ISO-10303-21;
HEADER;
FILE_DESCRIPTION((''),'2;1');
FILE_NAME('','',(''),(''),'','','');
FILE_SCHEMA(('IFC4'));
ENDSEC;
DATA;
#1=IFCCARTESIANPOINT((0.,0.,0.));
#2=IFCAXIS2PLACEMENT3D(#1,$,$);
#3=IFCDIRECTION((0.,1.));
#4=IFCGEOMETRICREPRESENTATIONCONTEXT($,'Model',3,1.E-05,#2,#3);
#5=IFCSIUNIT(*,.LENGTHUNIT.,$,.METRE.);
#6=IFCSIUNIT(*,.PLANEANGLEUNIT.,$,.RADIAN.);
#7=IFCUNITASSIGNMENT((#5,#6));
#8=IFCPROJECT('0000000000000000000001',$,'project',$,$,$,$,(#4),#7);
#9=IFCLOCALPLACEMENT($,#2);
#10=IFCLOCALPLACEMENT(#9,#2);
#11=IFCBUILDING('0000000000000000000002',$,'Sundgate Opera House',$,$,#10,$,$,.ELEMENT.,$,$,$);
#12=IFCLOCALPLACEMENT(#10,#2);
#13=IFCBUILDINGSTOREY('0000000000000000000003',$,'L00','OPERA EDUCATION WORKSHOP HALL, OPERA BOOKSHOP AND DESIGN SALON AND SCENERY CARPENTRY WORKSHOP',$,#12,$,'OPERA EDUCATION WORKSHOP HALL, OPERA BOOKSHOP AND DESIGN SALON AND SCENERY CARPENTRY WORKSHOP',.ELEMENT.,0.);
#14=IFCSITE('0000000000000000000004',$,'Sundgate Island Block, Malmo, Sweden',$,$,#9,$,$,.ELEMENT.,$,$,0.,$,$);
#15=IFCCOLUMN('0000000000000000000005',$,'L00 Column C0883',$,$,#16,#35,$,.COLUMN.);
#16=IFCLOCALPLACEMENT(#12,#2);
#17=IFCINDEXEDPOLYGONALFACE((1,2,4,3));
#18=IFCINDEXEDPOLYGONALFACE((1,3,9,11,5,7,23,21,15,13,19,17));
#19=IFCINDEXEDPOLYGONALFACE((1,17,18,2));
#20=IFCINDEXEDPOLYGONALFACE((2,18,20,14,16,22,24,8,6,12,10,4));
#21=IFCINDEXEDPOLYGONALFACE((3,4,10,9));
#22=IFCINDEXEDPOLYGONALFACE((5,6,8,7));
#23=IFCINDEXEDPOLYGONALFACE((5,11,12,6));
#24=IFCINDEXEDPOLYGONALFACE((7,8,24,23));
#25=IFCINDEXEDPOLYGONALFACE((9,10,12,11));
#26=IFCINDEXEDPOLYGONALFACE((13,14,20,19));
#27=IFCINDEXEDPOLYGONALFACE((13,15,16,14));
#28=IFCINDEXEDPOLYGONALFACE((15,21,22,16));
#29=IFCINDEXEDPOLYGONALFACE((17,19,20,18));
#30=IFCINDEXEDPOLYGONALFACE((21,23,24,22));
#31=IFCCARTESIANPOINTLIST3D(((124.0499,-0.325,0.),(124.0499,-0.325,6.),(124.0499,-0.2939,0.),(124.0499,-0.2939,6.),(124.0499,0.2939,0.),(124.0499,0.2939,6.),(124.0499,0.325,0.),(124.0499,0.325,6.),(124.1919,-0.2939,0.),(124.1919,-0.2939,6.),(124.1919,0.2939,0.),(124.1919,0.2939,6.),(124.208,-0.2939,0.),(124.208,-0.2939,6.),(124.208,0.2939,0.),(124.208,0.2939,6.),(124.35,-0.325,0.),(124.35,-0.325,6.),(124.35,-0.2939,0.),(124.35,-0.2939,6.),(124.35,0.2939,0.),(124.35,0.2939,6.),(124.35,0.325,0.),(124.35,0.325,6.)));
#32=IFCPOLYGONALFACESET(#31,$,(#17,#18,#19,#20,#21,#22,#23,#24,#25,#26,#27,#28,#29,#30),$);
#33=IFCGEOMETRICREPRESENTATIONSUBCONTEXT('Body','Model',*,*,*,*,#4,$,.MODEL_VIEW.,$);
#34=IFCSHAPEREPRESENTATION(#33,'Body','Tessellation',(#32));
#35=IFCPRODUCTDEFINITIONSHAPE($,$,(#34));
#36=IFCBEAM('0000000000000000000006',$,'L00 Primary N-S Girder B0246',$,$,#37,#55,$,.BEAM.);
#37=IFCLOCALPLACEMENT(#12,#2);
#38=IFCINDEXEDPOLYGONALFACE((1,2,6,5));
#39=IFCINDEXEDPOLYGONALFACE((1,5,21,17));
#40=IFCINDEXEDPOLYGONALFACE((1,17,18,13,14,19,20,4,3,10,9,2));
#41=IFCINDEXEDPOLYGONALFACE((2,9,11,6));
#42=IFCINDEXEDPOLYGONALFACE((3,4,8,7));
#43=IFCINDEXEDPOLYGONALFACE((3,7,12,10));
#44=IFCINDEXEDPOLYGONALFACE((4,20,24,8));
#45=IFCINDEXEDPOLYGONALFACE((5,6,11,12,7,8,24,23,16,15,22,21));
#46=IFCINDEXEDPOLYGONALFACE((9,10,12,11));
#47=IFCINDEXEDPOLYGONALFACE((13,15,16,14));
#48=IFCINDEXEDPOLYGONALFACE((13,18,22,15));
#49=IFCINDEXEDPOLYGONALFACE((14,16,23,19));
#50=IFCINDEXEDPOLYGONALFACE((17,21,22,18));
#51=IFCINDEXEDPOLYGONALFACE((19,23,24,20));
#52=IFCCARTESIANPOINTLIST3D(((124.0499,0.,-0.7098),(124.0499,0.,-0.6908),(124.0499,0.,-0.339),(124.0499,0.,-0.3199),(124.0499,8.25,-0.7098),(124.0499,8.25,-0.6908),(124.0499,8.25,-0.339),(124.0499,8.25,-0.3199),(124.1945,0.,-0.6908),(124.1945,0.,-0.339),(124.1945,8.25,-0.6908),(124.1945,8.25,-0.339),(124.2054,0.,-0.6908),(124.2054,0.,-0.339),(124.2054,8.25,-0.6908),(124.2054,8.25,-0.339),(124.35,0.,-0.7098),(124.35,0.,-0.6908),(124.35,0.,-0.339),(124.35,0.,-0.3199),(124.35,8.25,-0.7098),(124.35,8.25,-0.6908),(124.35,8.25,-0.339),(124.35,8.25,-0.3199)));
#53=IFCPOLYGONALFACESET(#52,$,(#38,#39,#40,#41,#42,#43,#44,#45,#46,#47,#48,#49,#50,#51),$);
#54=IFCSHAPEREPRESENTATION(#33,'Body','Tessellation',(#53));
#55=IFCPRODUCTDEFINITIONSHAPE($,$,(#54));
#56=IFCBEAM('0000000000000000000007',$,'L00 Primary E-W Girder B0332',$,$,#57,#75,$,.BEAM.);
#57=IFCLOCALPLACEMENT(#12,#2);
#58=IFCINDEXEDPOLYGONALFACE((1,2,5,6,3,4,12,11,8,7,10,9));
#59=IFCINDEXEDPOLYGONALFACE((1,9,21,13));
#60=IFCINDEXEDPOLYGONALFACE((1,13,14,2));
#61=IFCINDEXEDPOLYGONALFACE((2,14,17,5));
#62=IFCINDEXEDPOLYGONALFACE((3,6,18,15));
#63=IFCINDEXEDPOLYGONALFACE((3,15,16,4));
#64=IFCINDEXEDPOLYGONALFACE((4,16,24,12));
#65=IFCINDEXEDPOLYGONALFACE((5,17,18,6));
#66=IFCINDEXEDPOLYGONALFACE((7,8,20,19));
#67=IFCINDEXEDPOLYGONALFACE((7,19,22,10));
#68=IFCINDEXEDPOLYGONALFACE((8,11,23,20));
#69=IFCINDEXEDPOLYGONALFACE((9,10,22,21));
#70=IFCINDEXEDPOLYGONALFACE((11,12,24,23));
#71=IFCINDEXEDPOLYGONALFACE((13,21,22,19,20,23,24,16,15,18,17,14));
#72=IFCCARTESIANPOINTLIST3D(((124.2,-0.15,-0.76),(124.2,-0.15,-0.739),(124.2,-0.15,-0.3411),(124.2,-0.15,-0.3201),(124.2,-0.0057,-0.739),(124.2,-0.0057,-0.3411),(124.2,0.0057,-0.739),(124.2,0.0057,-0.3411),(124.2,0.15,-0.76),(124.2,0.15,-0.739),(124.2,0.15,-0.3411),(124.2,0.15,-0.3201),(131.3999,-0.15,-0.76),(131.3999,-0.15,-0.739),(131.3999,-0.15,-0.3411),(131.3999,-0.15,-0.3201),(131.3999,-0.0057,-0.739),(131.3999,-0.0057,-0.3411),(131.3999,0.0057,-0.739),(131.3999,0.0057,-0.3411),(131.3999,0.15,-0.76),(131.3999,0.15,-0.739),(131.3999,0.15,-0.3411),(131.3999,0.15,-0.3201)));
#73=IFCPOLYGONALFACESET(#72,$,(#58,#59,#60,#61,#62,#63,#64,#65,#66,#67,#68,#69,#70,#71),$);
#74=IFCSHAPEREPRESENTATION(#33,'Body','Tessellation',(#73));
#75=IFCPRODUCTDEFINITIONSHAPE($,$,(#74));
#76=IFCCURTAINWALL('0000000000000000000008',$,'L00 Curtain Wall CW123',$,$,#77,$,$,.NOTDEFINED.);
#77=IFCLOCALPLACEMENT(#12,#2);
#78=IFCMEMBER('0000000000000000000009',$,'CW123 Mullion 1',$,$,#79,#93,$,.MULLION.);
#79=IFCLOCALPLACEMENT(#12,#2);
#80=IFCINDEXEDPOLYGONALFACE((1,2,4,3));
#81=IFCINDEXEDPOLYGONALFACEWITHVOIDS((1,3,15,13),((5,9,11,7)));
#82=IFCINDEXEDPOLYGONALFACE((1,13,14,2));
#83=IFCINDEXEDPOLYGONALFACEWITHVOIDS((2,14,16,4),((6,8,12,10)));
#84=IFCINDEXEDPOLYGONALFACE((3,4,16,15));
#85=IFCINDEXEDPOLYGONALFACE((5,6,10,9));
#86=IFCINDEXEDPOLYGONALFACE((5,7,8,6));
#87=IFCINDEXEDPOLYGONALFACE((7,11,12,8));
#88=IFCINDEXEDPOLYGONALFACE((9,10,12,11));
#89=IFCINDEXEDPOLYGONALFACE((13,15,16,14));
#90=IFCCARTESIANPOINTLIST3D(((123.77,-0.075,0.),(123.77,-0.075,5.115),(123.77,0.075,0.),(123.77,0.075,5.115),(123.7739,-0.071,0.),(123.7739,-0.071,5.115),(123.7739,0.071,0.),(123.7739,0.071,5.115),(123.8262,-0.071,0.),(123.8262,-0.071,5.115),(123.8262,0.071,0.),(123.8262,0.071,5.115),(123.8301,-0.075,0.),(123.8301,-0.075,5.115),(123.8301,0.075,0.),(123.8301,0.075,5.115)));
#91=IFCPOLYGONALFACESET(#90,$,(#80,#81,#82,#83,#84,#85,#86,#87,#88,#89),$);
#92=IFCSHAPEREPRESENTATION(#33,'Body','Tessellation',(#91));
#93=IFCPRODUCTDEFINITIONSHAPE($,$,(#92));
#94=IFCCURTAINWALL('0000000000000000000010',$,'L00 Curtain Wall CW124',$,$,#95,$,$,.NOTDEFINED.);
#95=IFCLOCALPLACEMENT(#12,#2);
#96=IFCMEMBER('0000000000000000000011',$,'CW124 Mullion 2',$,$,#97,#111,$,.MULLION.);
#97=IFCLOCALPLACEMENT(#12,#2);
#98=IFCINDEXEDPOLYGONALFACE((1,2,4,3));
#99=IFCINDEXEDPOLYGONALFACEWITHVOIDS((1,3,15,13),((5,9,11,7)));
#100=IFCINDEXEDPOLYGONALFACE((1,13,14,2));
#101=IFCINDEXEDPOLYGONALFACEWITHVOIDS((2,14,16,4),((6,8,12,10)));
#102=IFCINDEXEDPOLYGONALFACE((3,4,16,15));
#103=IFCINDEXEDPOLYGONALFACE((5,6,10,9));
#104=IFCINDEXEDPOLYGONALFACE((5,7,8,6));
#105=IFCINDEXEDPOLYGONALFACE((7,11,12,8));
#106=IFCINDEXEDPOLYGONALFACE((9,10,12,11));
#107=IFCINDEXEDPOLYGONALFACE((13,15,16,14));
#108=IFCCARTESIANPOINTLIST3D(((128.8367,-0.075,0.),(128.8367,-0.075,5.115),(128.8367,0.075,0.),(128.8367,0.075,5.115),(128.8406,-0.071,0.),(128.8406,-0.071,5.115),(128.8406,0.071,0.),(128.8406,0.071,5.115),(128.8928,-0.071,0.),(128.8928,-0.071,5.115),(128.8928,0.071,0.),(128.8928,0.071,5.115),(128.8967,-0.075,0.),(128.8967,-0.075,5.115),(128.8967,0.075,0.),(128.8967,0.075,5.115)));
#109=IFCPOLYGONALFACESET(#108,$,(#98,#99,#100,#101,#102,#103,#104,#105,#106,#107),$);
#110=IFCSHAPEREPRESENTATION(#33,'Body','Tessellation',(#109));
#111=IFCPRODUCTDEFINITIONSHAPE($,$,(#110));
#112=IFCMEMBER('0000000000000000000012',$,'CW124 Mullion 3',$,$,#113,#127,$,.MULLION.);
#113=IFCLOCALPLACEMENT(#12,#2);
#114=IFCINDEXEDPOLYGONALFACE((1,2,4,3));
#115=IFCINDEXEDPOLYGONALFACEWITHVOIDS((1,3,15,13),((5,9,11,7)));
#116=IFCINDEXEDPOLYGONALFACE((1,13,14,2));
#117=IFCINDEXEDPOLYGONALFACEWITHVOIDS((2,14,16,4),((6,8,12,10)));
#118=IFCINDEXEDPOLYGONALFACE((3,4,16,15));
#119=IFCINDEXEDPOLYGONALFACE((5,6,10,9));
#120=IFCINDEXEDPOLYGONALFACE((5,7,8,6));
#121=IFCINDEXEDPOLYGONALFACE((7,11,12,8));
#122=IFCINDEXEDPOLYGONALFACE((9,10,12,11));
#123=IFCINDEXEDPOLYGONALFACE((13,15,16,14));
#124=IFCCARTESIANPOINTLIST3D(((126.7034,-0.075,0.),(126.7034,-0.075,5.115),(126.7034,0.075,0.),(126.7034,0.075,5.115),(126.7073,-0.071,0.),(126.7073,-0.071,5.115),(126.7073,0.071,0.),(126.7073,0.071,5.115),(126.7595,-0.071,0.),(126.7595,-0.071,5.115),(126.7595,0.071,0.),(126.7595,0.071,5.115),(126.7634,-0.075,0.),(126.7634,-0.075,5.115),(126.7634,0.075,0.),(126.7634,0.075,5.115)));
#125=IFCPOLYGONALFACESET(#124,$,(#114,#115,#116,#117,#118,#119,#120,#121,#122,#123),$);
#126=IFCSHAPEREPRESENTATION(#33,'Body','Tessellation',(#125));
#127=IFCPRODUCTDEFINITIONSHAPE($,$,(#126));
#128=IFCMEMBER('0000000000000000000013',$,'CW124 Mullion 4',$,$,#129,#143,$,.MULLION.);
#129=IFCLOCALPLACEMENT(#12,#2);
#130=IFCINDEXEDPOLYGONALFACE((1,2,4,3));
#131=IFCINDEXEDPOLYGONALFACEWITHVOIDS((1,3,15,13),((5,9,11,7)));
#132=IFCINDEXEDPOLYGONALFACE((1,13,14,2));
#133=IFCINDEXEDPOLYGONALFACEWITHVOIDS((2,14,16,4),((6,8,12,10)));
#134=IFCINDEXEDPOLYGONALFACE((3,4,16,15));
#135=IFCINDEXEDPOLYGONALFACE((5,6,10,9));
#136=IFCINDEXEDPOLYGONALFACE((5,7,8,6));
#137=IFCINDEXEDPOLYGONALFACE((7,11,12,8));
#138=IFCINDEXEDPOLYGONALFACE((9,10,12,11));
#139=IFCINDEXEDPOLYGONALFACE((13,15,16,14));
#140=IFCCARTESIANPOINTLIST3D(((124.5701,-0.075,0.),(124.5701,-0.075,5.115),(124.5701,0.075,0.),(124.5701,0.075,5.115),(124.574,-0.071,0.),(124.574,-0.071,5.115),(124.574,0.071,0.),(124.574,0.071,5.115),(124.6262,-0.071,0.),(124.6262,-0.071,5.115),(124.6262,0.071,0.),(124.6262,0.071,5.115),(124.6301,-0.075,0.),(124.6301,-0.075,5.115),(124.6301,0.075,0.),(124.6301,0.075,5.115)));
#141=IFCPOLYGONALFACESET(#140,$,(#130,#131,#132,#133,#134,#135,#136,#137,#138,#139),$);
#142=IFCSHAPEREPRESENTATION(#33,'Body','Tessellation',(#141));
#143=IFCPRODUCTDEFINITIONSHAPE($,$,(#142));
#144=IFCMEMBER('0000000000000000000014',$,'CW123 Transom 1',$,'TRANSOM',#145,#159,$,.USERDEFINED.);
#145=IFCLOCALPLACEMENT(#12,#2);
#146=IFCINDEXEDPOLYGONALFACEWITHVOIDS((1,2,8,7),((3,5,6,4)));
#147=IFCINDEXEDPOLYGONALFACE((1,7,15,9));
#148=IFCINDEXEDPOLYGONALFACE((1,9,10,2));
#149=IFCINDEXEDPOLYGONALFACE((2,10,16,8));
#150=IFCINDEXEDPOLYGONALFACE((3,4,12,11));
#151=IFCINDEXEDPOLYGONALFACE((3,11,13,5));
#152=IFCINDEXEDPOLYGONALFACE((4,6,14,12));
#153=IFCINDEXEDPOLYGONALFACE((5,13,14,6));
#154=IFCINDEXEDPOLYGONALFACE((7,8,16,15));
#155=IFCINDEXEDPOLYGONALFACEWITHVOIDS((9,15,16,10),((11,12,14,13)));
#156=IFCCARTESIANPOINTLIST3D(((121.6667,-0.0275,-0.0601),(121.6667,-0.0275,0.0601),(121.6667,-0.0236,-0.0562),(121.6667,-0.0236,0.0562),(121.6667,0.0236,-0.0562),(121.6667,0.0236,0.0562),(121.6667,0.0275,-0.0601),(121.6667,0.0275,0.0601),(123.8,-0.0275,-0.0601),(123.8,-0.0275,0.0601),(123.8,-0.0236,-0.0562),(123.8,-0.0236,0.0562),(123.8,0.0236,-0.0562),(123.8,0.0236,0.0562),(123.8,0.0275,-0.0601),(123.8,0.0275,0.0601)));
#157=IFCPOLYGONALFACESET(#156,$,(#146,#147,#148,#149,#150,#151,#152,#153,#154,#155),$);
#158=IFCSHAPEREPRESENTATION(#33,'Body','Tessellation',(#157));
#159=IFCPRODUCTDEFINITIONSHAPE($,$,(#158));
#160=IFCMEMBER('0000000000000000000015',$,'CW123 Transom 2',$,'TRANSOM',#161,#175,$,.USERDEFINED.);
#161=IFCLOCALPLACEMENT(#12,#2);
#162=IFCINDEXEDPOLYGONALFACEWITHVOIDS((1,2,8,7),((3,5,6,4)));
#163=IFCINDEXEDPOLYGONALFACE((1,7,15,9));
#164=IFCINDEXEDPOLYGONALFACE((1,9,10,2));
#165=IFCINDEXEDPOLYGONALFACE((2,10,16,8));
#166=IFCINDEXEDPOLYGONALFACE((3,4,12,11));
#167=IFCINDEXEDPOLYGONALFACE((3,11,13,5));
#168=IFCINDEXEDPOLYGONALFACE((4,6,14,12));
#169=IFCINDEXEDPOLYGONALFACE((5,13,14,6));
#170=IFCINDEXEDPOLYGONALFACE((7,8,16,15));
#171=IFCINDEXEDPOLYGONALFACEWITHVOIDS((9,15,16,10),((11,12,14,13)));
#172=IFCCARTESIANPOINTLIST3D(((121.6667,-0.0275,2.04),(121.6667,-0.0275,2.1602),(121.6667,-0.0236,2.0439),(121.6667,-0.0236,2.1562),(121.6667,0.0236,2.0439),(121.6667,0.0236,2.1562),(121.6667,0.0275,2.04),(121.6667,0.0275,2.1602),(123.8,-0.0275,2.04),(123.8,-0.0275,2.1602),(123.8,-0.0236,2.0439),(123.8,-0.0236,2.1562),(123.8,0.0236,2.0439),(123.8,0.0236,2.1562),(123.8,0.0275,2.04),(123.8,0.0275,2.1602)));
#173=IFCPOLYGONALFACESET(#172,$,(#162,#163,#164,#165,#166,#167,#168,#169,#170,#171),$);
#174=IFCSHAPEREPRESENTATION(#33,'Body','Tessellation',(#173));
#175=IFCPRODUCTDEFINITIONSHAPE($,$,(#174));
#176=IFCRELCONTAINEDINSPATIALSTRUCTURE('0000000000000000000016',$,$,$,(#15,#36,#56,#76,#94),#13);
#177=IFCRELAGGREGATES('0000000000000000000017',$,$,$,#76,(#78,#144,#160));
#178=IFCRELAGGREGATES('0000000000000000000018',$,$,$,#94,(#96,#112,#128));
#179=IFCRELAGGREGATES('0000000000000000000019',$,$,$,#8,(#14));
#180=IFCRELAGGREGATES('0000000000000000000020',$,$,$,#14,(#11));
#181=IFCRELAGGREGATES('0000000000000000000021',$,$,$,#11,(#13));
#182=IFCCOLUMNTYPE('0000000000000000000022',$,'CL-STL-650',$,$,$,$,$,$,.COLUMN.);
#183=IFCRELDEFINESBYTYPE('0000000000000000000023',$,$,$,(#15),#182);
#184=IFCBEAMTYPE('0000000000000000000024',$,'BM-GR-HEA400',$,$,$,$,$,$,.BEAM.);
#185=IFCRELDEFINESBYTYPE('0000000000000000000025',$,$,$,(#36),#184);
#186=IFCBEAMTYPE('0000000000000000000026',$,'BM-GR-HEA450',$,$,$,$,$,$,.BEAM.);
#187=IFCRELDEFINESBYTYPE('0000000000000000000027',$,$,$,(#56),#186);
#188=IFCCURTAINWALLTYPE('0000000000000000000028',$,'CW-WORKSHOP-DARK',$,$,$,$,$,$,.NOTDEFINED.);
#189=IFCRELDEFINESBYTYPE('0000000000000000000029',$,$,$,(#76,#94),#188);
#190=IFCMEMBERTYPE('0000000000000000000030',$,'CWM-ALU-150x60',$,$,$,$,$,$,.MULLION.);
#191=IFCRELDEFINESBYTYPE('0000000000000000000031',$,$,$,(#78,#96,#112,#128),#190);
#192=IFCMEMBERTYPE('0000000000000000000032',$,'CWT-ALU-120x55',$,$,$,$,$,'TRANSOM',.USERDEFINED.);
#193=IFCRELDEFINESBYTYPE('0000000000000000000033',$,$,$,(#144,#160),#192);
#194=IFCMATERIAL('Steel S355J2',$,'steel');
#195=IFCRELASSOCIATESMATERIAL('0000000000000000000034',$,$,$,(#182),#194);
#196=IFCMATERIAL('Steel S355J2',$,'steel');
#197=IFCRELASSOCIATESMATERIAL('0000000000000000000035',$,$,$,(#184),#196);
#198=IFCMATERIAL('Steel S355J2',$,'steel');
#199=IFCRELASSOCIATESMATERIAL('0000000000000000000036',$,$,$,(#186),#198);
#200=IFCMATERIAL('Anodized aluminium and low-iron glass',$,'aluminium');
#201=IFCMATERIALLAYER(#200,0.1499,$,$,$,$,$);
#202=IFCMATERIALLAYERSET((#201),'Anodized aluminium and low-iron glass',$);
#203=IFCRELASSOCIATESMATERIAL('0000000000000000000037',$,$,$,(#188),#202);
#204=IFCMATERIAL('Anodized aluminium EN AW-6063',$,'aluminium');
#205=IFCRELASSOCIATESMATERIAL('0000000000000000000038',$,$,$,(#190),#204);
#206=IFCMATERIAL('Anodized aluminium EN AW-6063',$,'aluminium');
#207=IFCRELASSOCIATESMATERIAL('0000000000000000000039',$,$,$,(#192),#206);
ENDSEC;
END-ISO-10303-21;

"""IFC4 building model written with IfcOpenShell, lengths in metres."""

from ifc_helpers import new_model, si_unit, direction, frame, origin, origin_2d, place, context, subcontext, project, spatial, hollow_rectangle, i_section, extrude, material, layer, layer_set, material_profile, profile_set, type_object, element, aggregate, save


model = new_model("IFC4")

# Units and contexts
model_context = context("Model", 3, precision=1e-05, world=origin(), true_north=direction((0.0, 1.0)))
body_context = subcontext(model_context, "Body", "Model", "MODEL_VIEW")
ifc_project = project(units=[si_unit("LENGTHUNIT", "METRE"), si_unit("PLANEANGLEUNIT", "RADIAN")], contexts=[model_context])

# Site, building, storey
site_placement = place(None, origin())
site = spatial("IfcSite", under=ifc_project, at=site_placement, Name="Sundgate Island Block, Malmo, Sweden", CompositionType="ELEMENT", RefElevation=0.0)
building_placement = place(site_placement, origin())
building = spatial("IfcBuilding", under=site, at=building_placement, Name="Sundgate Opera House", CompositionType="ELEMENT")
storey_placement = place(building_placement, origin())
storey = spatial("IfcBuildingStorey", under=building, at=storey_placement, Name="L00", Description="OPERA EDUCATION WORKSHOP HALL, OPERA BOOKSHOP AND DESIGN SALON AND SCENERY CARPENTRY WORKSHOP", LongName="OPERA EDUCATION WORKSHOP HALL, OPERA BOOKSHOP AND DESIGN SALON AND SCENERY CARPENTRY WORKSHOP", CompositionType="ELEMENT", Elevation=0.0)

# Column
ifc_material_1 = material(Name="Steel S355J2", Category="steel")
ifc_material_profile_1 = material_profile(ifc_material_1, i_section(OverallWidth=0.3, OverallDepth=0.6499, WebThickness=0.0161, FlangeThickness=0.031, at=origin_2d()), Name="HEB 650")
ifc_profile_set_1 = profile_set([ifc_material_profile_1], Name="Steel S355J2")
column_type = type_object("IfcColumnType", Name="CL-STL-650", PredefinedType="COLUMN", material=ifc_profile_set_1)
column_placement = place(storey_placement, frame((124.2, 0.0, 0.0), z_axis=(0.0, 0.0, 1.0), x_axis=(1.0, 0.0, 0.0)))
element("IfcColumn", 1, at=column_placement, inside=storey, type_object=column_type, Name="L00 Column C0883", PredefinedType="COLUMN", context=body_context, shape_type="SweptSolid", body=[
    extrude(i_section(OverallWidth=0.3, OverallDepth=0.6499, WebThickness=0.0161, FlangeThickness=0.031, at=origin_2d()), origin(), (0.0, 0.0, 1.0), 6.0),
])

# Beams
ifc_material_2 = material(Name="Steel S355J2", Category="steel")
ifc_material_profile_2 = material_profile(ifc_material_2, i_section(OverallWidth=0.3, OverallDepth=0.3899, WebThickness=0.011, FlangeThickness=0.019, at=origin_2d()), Name="HEA 400")
ifc_profile_set_2 = profile_set([ifc_material_profile_2], Name="Steel S355J2")
beam_type_1 = type_object("IfcBeamType", Name="BM-GR-HEA400", PredefinedType="BEAM", material=ifc_profile_set_2)
beam_1_placement = place(storey_placement, frame((124.2, 0.0, -0.5149), z_axis=(0.0, 1.0, 0.0), x_axis=(-1.0, 0.0, 0.0)))
element("IfcBeam", 2, at=beam_1_placement, inside=storey, type_object=beam_type_1, Name="L00 Primary N-S Girder B0246", PredefinedType="BEAM", context=body_context, shape_type="SweptSolid", body=[
    extrude(i_section(OverallWidth=0.3, OverallDepth=0.3899, WebThickness=0.011, FlangeThickness=0.019, at=origin_2d()), origin(), (0.0, 0.0, 1.0), 8.25),
])
ifc_material_3 = material(Name="Steel S355J2", Category="steel")
ifc_material_profile_3 = material_profile(ifc_material_3, i_section(OverallWidth=0.3, OverallDepth=0.4399, WebThickness=0.0115, FlangeThickness=0.021, at=origin_2d()), Name="HEA 450")
ifc_profile_set_3 = profile_set([ifc_material_profile_3], Name="Steel S355J2")
beam_type_2 = type_object("IfcBeamType", Name="BM-GR-HEA450", PredefinedType="BEAM", material=ifc_profile_set_3)
beam_2_placement = place(storey_placement, frame((124.2, 0.0, -0.54), z_axis=(1.0, 0.0, 0.0), x_axis=(0.0, 1.0, 0.0)))
element("IfcBeam", 3, at=beam_2_placement, inside=storey, type_object=beam_type_2, Name="L00 Primary E-W Girder B0332", PredefinedType="BEAM", context=body_context, shape_type="SweptSolid", body=[
    extrude(i_section(OverallWidth=0.3, OverallDepth=0.4399, WebThickness=0.0115, FlangeThickness=0.021, at=origin_2d()), origin(), (0.0, 0.0, 1.0), 7.2),
])

# Curtain wall, member
ifc_material_4 = material(Name="Anodized aluminium and low-iron glass", Category="aluminium")
ifc_layer_1 = layer(ifc_material_4, 0.1499)
ifc_layer_set_1 = layer_set([ifc_layer_1], Name="Anodized aluminium and low-iron glass")
curtain_wall_type = type_object("IfcCurtainWallType", Name="CW-WORKSHOP-DARK", PredefinedType="NOTDEFINED", material=ifc_layer_set_1)
curtain_wall_1_placement = place(storey_placement, origin())
curtain_wall_1 = element("IfcCurtainWall", 4, at=curtain_wall_1_placement, inside=storey, type_object=curtain_wall_type, Name="L00 Curtain Wall CW123", PredefinedType="NOTDEFINED")
ifc_material_5 = material(Name="Anodized aluminium EN AW-6063", Category="aluminium")
ifc_material_profile_4 = material_profile(ifc_material_5, hollow_rectangle(XDim=0.0601, YDim=0.1499, WallThickness=0.0039, at=origin_2d()), Name="CWM 150x60x4")
ifc_profile_set_4 = profile_set([ifc_material_profile_4], Name="Anodized aluminium EN AW-6063")
member_type_1 = type_object("IfcMemberType", Name="CWM-ALU-150x60", PredefinedType="MULLION", material=ifc_profile_set_4)
member_1_placement = place(storey_placement, frame((123.8, 0.0, 0.0), z_axis=(0.0, 0.0, 1.0), x_axis=(1.0, 0.0, 0.0)))
member_1 = element("IfcMember", 5, at=member_1_placement, type_object=member_type_1, Name="CW123 Mullion 1", PredefinedType="MULLION", context=body_context, shape_type="SweptSolid", body=[
    extrude(hollow_rectangle(XDim=0.0601, YDim=0.1499, WallThickness=0.0039, at=origin_2d()), origin(), (0.0, 0.0, 1.0), 5.115),
])

# Curtain wall, members
curtain_wall_2_placement = place(storey_placement, origin())
curtain_wall_2 = element("IfcCurtainWall", 6, at=curtain_wall_2_placement, inside=storey, type_object=curtain_wall_type, Name="L00 Curtain Wall CW124", PredefinedType="NOTDEFINED")
member_2_placement = place(storey_placement, frame((128.8667, 0.0, 0.0), z_axis=(0.0, 0.0, 1.0), x_axis=(1.0, 0.0, 0.0)))
member_2 = element("IfcMember", 7, at=member_2_placement, type_object=member_type_1, Name="CW124 Mullion 2", PredefinedType="MULLION", context=body_context, shape_type="SweptSolid", body=[
    extrude(hollow_rectangle(XDim=0.0601, YDim=0.1499, WallThickness=0.0039, at=origin_2d()), origin(), (0.0, 0.0, 1.0), 5.115),
])
member_3_placement = place(storey_placement, frame((126.7334, 0.0, 0.0), z_axis=(0.0, 0.0, 1.0), x_axis=(1.0, 0.0, 0.0)))
member_3 = element("IfcMember", 8, at=member_3_placement, type_object=member_type_1, Name="CW124 Mullion 3", PredefinedType="MULLION", context=body_context, shape_type="SweptSolid", body=[
    extrude(hollow_rectangle(XDim=0.0601, YDim=0.1499, WallThickness=0.0039, at=origin_2d()), origin(), (0.0, 0.0, 1.0), 5.115),
])
member_4_placement = place(storey_placement, frame((124.6001, 0.0, 0.0), z_axis=(0.0, 0.0, 1.0), x_axis=(1.0, 0.0, 0.0)))
member_4 = element("IfcMember", 9, at=member_4_placement, type_object=member_type_1, Name="CW124 Mullion 4", PredefinedType="MULLION", context=body_context, shape_type="SweptSolid", body=[
    extrude(hollow_rectangle(XDim=0.0601, YDim=0.1499, WallThickness=0.0039, at=origin_2d()), origin(), (0.0, 0.0, 1.0), 5.115),
])

# Members
ifc_material_6 = material(Name="Anodized aluminium EN AW-6063", Category="aluminium")
ifc_material_profile_5 = material_profile(ifc_material_6, hollow_rectangle(XDim=0.0549, YDim=0.1201, WallThickness=0.0039, at=origin_2d()), Name="CWT 120x55x4")
ifc_profile_set_5 = profile_set([ifc_material_profile_5], Name="Anodized aluminium EN AW-6063")
member_type_2 = type_object("IfcMemberType", Name="CWT-ALU-120x55", ElementType="TRANSOM", PredefinedType="USERDEFINED", material=ifc_profile_set_5)
member_5_placement = place(storey_placement, frame((123.8, 0.0, 0.0), z_axis=(-1.0, 0.0, 0.0), x_axis=(0.0, -1.0, 0.0)))
member_5 = element("IfcMember", 10, at=member_5_placement, type_object=member_type_2, Name="CW123 Transom 1", ObjectType="TRANSOM", PredefinedType="USERDEFINED", context=body_context, shape_type="SweptSolid", body=[
    extrude(hollow_rectangle(XDim=0.0549, YDim=0.1201, WallThickness=0.0039, at=origin_2d()), origin(), (0.0, 0.0, 1.0), 2.1333),
])
member_6_placement = place(storey_placement, frame((123.8, 0.0, 2.1001), z_axis=(-1.0, 0.0, 0.0), x_axis=(0.0, -1.0, 0.0)))
member_6 = element("IfcMember", 11, at=member_6_placement, type_object=member_type_2, Name="CW123 Transom 2", ObjectType="TRANSOM", PredefinedType="USERDEFINED", context=body_context, shape_type="SweptSolid", body=[
    extrude(hollow_rectangle(XDim=0.0549, YDim=0.1201, WallThickness=0.0039, at=origin_2d()), origin(), (0.0, 0.0, 1.0), 2.1333),
])

aggregate(curtain_wall_1, [member_1, member_5, member_6])
aggregate(curtain_wall_2, [member_2, member_3, member_4])

save(model, "model.ifc")
